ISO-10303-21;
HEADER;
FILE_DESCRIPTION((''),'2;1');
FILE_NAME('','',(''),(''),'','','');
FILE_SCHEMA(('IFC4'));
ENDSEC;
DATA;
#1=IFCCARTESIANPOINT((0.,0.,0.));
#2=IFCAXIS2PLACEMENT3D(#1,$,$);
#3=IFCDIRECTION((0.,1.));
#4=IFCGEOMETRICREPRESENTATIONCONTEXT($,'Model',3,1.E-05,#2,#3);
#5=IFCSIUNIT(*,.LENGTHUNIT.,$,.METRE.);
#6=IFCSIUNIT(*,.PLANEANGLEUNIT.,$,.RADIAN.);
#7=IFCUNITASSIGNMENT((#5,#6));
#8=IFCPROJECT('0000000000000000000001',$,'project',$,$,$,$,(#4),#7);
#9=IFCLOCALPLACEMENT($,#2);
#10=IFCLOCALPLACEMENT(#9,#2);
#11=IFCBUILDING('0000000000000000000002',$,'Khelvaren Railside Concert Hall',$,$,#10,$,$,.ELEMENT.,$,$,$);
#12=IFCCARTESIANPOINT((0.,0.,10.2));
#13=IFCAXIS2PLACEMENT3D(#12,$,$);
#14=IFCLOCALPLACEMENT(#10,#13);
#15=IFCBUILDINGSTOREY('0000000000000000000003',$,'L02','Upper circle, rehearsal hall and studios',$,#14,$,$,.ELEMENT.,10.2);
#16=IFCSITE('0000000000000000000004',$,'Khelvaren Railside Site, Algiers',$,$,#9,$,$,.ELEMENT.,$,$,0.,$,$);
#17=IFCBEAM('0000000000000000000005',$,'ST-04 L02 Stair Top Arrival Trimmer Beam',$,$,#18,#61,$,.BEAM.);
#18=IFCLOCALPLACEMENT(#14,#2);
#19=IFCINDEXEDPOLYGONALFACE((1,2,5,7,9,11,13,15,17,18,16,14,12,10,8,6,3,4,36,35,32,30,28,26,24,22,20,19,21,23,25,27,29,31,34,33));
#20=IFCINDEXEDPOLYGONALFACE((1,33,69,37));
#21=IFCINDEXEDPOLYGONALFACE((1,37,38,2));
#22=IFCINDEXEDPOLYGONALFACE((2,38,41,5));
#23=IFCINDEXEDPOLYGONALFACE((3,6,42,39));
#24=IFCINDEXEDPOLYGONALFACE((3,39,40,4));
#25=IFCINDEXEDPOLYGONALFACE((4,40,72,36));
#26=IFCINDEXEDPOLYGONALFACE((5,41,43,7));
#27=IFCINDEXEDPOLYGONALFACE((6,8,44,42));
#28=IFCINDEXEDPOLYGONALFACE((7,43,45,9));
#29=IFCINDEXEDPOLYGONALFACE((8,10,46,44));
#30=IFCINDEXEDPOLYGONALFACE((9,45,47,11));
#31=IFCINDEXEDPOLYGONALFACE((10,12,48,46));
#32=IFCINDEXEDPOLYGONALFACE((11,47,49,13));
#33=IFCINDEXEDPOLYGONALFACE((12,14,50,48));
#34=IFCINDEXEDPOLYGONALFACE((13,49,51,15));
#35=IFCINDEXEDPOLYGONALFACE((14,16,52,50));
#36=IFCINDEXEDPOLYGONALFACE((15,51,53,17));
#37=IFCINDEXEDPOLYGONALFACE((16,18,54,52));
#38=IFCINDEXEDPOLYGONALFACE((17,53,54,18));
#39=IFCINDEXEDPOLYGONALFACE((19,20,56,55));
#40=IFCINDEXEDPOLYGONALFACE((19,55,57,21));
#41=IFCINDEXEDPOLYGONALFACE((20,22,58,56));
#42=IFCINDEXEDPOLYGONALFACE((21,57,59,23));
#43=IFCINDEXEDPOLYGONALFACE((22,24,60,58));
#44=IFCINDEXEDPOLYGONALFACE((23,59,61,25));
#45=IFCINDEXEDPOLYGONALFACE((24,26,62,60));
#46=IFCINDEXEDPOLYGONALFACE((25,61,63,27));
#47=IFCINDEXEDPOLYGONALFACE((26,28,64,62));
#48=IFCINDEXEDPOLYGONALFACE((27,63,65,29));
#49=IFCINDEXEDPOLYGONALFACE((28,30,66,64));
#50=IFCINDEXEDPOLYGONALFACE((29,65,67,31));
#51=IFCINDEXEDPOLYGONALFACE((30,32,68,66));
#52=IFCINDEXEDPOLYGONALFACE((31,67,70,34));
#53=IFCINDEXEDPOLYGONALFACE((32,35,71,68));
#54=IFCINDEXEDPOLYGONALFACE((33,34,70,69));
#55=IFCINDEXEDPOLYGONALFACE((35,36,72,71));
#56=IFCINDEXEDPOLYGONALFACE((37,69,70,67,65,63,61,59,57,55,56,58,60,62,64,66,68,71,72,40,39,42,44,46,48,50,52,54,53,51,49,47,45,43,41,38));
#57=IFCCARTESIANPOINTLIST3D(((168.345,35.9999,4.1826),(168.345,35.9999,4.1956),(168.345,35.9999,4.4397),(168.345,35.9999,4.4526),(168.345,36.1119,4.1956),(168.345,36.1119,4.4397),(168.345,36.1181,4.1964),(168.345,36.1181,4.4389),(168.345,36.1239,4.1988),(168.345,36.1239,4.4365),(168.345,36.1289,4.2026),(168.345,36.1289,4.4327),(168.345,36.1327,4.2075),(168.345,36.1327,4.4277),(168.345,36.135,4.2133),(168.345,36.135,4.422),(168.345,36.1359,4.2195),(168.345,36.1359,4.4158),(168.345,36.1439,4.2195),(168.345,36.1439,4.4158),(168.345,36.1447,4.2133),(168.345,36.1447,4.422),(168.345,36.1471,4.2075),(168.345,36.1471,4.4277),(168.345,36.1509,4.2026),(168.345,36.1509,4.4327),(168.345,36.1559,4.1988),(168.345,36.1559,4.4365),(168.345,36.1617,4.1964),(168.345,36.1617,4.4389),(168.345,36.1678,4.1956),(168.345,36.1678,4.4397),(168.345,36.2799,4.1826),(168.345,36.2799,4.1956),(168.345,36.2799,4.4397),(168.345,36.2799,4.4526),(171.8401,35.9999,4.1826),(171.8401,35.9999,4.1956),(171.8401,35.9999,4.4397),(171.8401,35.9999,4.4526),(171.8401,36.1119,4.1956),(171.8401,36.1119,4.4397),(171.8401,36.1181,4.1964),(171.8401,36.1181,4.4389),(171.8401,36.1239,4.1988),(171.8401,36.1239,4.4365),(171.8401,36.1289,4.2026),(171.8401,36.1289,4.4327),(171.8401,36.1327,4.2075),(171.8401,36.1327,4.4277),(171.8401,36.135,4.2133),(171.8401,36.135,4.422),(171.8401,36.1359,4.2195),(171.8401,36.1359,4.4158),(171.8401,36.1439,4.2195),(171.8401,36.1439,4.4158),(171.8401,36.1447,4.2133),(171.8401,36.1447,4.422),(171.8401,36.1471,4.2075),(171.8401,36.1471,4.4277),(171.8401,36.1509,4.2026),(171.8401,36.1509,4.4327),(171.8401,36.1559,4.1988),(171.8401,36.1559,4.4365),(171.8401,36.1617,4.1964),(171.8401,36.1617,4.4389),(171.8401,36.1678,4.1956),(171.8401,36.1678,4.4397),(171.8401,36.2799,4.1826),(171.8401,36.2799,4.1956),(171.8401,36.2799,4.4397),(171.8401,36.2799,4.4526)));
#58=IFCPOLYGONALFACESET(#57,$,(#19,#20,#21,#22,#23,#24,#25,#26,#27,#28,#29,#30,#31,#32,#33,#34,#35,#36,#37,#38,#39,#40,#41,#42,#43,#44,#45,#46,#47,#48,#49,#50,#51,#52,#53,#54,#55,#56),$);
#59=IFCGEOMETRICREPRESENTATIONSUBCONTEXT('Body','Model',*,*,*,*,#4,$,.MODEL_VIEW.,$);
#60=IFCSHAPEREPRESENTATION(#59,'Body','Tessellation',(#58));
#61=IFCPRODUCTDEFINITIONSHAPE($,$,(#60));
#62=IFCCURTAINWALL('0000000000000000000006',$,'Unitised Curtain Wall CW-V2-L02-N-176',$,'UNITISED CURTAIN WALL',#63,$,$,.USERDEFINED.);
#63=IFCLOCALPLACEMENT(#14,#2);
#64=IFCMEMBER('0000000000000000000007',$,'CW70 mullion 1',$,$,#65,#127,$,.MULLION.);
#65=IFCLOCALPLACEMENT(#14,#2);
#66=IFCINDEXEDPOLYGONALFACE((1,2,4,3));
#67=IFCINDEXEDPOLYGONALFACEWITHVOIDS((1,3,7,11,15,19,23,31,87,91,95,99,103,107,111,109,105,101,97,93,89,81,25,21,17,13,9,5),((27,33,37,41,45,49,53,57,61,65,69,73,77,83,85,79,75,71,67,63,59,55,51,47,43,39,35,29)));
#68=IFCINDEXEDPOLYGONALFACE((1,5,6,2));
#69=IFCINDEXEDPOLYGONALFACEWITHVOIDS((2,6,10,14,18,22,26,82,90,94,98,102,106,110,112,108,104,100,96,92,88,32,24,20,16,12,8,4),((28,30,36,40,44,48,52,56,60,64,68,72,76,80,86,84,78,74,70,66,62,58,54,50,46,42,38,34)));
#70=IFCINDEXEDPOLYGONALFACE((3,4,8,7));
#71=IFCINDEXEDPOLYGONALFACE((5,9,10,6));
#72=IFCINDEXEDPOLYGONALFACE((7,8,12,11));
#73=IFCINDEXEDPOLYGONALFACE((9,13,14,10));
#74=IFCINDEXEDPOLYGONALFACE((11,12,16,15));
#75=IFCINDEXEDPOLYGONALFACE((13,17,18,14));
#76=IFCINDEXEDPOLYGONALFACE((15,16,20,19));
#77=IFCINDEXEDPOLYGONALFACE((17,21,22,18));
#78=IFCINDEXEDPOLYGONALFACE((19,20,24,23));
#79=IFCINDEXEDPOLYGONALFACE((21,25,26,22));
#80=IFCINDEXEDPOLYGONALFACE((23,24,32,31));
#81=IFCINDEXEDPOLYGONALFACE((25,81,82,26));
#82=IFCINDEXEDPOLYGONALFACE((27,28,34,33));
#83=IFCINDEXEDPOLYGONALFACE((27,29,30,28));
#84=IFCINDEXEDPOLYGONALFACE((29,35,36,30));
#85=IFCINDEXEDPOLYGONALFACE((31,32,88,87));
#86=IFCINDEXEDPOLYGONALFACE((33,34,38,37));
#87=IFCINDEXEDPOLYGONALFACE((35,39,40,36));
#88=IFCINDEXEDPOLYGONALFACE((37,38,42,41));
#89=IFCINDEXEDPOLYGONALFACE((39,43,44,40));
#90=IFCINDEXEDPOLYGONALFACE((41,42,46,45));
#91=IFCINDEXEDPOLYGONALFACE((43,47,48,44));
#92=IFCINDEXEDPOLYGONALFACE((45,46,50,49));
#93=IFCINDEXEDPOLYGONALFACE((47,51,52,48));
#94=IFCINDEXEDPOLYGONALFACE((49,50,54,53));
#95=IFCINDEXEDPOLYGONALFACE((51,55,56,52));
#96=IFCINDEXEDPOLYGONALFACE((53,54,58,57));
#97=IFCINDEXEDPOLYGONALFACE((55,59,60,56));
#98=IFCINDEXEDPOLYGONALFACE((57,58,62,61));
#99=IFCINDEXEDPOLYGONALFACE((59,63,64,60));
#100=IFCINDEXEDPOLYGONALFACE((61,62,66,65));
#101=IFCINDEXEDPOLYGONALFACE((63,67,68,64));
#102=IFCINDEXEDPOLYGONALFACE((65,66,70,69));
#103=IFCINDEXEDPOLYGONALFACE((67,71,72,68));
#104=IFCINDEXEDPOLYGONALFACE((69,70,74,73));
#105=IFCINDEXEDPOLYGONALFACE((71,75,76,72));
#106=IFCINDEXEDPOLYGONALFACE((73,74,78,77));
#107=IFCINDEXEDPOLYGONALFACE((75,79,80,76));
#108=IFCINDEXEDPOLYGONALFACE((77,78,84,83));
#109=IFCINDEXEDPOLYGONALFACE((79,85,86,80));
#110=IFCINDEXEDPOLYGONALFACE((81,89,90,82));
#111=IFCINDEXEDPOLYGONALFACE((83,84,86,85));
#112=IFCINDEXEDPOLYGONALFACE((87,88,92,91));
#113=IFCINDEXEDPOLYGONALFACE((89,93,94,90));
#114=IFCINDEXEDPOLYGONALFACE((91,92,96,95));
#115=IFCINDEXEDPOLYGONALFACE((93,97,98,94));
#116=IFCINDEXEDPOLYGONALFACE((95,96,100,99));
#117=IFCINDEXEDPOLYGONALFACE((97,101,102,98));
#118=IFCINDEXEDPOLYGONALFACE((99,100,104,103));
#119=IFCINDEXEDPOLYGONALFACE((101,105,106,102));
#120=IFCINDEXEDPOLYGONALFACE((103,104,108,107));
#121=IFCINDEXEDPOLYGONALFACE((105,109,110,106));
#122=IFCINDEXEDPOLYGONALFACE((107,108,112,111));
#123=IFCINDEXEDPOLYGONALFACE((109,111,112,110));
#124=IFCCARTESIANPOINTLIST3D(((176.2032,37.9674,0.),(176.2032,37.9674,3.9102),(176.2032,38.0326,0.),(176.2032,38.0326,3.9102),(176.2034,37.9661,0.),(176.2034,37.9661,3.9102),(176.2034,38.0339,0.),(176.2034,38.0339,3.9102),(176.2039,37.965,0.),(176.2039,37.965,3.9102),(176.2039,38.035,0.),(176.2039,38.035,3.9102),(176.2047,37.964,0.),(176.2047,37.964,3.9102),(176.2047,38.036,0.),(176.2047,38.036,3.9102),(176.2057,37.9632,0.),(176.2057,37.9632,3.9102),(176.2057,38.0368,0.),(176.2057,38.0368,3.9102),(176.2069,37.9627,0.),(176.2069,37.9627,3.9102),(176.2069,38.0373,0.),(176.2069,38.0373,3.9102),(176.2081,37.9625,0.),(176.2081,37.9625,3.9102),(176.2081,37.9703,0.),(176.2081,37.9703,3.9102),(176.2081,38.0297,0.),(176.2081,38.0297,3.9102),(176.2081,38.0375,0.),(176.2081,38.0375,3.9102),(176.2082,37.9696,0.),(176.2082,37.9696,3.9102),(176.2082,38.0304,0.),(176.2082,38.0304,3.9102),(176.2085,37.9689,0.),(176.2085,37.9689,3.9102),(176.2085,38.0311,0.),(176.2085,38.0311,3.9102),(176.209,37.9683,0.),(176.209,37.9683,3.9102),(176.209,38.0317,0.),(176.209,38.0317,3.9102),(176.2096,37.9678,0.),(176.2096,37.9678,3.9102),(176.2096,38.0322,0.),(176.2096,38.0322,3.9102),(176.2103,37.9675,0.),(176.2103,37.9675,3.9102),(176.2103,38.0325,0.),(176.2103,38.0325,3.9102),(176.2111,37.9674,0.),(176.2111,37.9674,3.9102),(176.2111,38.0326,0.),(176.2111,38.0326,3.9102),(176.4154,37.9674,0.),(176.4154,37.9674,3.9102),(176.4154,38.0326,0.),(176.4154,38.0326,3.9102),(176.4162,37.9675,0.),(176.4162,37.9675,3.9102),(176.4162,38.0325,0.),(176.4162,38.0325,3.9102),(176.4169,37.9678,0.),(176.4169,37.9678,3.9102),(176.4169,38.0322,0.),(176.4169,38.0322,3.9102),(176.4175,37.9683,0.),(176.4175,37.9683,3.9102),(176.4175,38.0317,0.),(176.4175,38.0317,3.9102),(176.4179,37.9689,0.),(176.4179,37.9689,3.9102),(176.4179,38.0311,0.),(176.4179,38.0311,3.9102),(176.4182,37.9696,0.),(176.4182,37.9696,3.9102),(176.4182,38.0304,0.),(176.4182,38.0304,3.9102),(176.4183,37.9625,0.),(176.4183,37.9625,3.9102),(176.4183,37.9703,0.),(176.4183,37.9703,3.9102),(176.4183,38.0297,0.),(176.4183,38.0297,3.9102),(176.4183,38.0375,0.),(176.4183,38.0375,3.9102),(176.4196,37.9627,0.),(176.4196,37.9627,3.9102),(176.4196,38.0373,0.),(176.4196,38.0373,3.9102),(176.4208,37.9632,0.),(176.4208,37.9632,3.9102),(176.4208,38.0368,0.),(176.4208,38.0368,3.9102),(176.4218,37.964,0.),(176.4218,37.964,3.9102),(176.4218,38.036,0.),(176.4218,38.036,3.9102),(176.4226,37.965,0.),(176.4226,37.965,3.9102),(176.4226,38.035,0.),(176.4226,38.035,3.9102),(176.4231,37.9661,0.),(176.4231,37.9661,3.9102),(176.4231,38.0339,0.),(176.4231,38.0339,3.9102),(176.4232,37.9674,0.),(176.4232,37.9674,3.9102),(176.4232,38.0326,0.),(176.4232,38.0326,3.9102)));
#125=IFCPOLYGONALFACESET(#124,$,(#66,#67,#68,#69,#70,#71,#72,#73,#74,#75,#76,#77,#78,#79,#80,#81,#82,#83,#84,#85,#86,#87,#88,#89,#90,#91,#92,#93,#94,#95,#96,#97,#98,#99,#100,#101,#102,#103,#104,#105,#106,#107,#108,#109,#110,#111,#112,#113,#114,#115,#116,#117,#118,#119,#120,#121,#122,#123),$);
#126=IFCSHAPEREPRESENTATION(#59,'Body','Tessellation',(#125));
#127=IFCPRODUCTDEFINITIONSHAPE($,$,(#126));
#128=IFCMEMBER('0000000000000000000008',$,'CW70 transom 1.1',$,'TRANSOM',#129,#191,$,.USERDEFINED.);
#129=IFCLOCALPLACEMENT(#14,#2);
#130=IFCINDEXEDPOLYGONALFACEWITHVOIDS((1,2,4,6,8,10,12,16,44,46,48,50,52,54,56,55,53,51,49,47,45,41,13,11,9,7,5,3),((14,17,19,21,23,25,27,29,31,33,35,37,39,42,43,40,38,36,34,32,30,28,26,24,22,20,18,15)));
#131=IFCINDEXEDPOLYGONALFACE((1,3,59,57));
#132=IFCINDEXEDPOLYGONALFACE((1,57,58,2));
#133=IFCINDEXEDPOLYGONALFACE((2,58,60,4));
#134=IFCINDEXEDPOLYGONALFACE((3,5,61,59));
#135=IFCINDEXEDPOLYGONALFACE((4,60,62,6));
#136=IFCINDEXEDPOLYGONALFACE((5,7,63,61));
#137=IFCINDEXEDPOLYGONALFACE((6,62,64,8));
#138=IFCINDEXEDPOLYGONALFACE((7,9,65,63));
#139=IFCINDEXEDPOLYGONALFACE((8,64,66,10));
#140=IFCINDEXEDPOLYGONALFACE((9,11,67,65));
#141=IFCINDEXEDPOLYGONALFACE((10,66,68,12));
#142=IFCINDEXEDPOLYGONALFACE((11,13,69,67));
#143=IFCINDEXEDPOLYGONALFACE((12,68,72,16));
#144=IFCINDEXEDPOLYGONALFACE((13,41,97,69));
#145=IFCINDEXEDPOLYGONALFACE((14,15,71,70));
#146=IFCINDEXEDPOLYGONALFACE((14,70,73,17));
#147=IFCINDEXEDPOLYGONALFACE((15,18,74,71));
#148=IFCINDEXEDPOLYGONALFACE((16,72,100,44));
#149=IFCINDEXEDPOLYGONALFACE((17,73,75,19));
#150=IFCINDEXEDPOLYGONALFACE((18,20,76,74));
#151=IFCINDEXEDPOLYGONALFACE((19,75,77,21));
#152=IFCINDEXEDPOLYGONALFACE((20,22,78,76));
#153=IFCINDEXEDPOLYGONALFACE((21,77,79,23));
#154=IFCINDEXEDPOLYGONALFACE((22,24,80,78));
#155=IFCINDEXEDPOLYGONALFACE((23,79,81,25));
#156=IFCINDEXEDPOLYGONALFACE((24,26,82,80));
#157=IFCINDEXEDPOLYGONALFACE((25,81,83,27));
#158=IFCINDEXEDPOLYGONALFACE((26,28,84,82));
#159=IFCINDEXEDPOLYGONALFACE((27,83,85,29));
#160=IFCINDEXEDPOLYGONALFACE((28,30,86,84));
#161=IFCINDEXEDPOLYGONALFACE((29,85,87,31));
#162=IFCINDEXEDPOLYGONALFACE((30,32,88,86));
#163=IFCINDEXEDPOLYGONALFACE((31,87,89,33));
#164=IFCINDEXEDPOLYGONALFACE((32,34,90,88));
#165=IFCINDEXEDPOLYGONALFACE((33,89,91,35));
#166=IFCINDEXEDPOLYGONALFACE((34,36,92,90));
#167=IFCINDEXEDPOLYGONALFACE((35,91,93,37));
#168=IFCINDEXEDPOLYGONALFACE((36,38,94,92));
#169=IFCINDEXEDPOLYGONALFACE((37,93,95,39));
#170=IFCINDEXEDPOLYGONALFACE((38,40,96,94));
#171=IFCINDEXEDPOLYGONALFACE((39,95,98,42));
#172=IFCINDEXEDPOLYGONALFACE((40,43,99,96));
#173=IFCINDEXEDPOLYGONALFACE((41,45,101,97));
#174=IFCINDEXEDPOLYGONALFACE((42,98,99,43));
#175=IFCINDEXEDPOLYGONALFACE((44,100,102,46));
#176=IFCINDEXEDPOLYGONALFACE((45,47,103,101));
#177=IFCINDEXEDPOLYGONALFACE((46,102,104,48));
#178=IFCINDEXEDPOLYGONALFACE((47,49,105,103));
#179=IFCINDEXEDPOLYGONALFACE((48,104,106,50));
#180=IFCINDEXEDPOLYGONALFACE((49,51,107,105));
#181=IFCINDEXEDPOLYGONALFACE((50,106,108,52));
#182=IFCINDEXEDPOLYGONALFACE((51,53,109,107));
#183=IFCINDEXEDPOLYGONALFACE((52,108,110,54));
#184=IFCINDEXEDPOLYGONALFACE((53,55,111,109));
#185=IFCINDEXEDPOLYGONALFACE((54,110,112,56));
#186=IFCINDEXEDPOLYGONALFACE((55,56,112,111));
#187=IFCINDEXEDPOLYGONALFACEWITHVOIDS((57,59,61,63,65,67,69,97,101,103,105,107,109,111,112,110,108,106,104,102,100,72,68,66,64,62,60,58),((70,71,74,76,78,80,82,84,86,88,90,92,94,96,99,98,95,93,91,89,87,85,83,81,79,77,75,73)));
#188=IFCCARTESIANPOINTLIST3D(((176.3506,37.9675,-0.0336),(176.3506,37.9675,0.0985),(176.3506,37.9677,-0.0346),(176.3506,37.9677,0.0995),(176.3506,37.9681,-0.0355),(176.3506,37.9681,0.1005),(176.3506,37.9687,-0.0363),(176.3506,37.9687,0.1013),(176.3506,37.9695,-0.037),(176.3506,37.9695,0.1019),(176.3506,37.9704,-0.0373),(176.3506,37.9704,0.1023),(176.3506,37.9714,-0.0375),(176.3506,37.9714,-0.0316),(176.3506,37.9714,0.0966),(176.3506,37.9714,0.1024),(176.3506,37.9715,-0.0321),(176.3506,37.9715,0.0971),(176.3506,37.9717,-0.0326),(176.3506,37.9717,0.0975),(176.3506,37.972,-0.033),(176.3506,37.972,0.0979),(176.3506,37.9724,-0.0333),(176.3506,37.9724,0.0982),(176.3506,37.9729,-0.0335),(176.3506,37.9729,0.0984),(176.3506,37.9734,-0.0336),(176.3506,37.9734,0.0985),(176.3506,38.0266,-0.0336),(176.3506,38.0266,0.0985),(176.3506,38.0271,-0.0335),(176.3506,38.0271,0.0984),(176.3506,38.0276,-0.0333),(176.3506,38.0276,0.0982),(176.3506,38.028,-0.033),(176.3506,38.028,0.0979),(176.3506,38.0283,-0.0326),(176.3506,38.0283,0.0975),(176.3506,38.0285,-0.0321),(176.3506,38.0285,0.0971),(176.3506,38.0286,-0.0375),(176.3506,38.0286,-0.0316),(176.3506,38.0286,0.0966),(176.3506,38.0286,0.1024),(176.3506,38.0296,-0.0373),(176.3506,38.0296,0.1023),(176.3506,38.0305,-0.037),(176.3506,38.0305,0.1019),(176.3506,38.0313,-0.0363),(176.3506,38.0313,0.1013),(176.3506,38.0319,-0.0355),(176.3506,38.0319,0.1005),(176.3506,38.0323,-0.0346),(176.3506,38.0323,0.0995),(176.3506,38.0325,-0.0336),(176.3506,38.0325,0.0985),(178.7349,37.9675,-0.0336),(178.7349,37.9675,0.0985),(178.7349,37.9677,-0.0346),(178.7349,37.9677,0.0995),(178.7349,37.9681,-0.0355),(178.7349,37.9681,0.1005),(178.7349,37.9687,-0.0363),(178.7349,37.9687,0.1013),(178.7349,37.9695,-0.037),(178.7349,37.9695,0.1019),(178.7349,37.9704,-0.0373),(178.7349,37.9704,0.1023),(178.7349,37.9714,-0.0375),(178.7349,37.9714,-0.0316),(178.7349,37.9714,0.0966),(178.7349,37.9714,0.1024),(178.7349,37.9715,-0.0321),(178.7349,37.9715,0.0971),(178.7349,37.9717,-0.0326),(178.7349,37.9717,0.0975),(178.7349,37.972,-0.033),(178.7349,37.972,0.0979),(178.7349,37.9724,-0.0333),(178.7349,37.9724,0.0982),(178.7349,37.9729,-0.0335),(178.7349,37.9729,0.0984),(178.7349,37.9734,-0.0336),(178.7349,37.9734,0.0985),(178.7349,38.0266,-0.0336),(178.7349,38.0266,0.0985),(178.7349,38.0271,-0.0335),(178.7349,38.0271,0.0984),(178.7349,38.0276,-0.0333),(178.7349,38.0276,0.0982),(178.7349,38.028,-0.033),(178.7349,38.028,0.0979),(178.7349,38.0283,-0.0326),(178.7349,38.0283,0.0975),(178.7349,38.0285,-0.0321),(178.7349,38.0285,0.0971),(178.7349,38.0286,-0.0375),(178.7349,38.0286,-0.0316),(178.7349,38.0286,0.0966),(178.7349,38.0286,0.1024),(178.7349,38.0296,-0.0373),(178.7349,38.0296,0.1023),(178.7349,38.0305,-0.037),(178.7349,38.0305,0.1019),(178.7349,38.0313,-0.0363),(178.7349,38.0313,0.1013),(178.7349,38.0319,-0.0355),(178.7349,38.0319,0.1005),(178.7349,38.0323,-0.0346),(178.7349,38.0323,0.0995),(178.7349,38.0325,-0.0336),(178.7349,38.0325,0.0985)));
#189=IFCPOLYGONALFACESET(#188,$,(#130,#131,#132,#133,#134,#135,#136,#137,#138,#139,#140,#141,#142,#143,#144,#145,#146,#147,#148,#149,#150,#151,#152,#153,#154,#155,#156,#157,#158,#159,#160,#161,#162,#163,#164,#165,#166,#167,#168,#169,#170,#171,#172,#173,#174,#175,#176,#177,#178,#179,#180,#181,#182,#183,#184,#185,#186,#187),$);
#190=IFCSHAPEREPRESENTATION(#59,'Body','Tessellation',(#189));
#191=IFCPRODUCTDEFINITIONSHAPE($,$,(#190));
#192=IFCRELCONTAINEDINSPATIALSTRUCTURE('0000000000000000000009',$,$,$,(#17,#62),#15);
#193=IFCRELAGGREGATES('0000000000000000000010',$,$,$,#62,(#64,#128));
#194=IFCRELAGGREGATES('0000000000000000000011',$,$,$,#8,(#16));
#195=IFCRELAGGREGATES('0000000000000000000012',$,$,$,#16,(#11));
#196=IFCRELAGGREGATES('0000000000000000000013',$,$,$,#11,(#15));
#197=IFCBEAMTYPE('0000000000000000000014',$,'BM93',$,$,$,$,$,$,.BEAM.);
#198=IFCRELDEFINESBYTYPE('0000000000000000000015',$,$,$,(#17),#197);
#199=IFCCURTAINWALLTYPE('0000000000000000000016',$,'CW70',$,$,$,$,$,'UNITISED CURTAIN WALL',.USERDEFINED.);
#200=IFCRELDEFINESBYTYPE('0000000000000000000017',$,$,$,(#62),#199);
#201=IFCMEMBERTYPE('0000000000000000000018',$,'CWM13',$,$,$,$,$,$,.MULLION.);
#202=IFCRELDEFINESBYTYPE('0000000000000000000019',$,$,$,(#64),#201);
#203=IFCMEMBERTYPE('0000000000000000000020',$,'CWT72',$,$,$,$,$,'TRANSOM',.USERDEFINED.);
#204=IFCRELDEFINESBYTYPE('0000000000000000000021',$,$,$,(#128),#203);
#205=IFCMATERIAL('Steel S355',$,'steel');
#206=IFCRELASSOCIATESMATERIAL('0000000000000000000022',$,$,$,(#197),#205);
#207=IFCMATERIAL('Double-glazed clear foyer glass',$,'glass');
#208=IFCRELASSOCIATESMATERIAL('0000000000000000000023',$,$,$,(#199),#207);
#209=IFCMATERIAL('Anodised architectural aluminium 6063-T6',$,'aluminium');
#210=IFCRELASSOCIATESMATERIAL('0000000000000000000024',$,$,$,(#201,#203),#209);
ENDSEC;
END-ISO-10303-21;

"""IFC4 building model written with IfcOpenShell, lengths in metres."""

from ifc_helpers import new_model, si_unit, direction, frame, origin, origin_2d, place, context, subcontext, project, spatial, hollow_rectangle, i_section, extrude, material, material_profile, profile_set, type_object, element, aggregate, save


model = new_model("IFC4")

# Units and contexts
model_context = context("Model", 3, precision=1e-05, world=origin(), true_north=direction((0.0, 1.0)))
body_context = subcontext(model_context, "Body", "Model", "MODEL_VIEW")
ifc_project = project(units=[si_unit("LENGTHUNIT", "METRE"), si_unit("PLANEANGLEUNIT", "RADIAN")], contexts=[model_context])

# Site, building, storey
site_placement = place(None, origin())
site = spatial("IfcSite", under=ifc_project, at=site_placement, Name="Khelvaren Railside Site, Algiers", CompositionType="ELEMENT", RefElevation=0.0)
building_placement = place(site_placement, origin())
building = spatial("IfcBuilding", under=site, at=building_placement, Name="Khelvaren Railside Concert Hall", CompositionType="ELEMENT")
storey_placement = place(building_placement, frame((0.0, 0.0, 10.2)))
storey = spatial("IfcBuildingStorey", under=building, at=storey_placement, Name="L02", Description="Upper circle, rehearsal hall and studios", CompositionType="ELEMENT", Elevation=10.2)

# Shared definitions
ifc_material_1 = material(Name="Steel S355", Category="steel")

# Beam
ifc_material_profile_1 = material_profile(ifc_material_1, i_section(OverallWidth=0.28, OverallDepth=0.27, WebThickness=0.0081, FlangeThickness=0.0129, FilletRadius=0.0239, at=origin_2d()), Name="HEA 280")
ifc_profile_set_1 = profile_set([ifc_material_profile_1], Name="Steel S355")
beam_type_1 = type_object("IfcBeamType", Name="BM93", PredefinedType="BEAM", material=ifc_profile_set_1)
beam_1_placement = place(storey_placement, frame((168.345, 36.1399, 4.3176), z_axis=(1.0, 0.0, 0.0), x_axis=(0.0, 1.0, 0.0)))
element("IfcBeam", 1, at=beam_1_placement, inside=storey, type_object=beam_type_1, Name="ST-04 L02 Stair Top Arrival Trimmer Beam", PredefinedType="BEAM", context=body_context, shape_type="SweptSolid", body=[
    extrude(i_section(OverallWidth=0.28, OverallDepth=0.27, WebThickness=0.0081, FlangeThickness=0.0129, FilletRadius=0.0239, at=origin_2d()), origin(), (0.0, 0.0, 1.0), 3.4951),
])

# Curtain wall, members
ifc_material_2 = material(Name="Double-glazed clear foyer glass", Category="glass")
curtain_wall_type = type_object("IfcCurtainWallType", Name="CW70", ElementType="UNITISED CURTAIN WALL", PredefinedType="USERDEFINED", material=ifc_material_2)
curtain_wall_placement = place(storey_placement, origin())
curtain_wall = element("IfcCurtainWall", 2, at=curtain_wall_placement, inside=storey, type_object=curtain_wall_type, Name="Unitised Curtain Wall CW-V2-L02-N-176", ObjectType="UNITISED CURTAIN WALL", PredefinedType="USERDEFINED")
ifc_material_3 = material(Name="Anodised architectural aluminium 6063-T6", Category="aluminium")
ifc_material_profile_2 = material_profile(ifc_material_3, hollow_rectangle(XDim=0.075, YDim=0.22, WallThickness=0.0049, InnerFilletRadius=0.0029, OuterFilletRadius=0.0049, at=origin_2d()), Name="CWM 75x220x5")
ifc_profile_set_2 = profile_set([ifc_material_profile_2], Name="Anodised architectural aluminium 6063-T6")
member_type_1 = type_object("IfcMemberType", Name="CWM13", PredefinedType="MULLION", material=ifc_profile_set_2)
member_1_placement = place(storey_placement, frame((176.3132, 38.0, 0.0), z_axis=(0.0, 0.0, 1.0), x_axis=(0.0, 1.0, 0.0)))
member_1 = element("IfcMember", 3, at=member_1_placement, type_object=member_type_1, Name="CW70 mullion 1", PredefinedType="MULLION", context=body_context, shape_type="SweptSolid", body=[
    extrude(hollow_rectangle(XDim=0.075, YDim=0.22, WallThickness=0.0049, InnerFilletRadius=0.0029, OuterFilletRadius=0.0049, at=origin_2d()), origin(), (0.0, 0.0, 1.0), 3.9102),
])
ifc_material_profile_3 = material_profile(ifc_material_3, hollow_rectangle(XDim=0.0649, YDim=0.1399, WallThickness=0.0039, InnerFilletRadius=0.002, OuterFilletRadius=0.0039, at=origin_2d()), Name="CWT 65x140x4")
ifc_profile_set_3 = profile_set([ifc_material_profile_3], Name="Anodised architectural aluminium 6063-T6")
member_type_2 = type_object("IfcMemberType", Name="CWT72", ElementType="TRANSOM", PredefinedType="USERDEFINED", material=ifc_profile_set_3)
member_2_placement = place(storey_placement, frame((176.3506, 38.0, 0.0325), z_axis=(1.0, 0.0, 0.0), x_axis=(0.0, 1.0, 0.0)))
member_2 = element("IfcMember", 4, at=member_2_placement, type_object=member_type_2, Name="CW70 transom 1.1", ObjectType="TRANSOM", PredefinedType="USERDEFINED", context=body_context, shape_type="SweptSolid", body=[
    extrude(hollow_rectangle(XDim=0.0649, YDim=0.1399, WallThickness=0.0039, InnerFilletRadius=0.002, OuterFilletRadius=0.0039, at=origin_2d()), origin(), (0.0, 0.0, 1.0), 2.3843),
])
aggregate(curtain_wall, [member_1, member_2])

save(model, "model.ifc")
